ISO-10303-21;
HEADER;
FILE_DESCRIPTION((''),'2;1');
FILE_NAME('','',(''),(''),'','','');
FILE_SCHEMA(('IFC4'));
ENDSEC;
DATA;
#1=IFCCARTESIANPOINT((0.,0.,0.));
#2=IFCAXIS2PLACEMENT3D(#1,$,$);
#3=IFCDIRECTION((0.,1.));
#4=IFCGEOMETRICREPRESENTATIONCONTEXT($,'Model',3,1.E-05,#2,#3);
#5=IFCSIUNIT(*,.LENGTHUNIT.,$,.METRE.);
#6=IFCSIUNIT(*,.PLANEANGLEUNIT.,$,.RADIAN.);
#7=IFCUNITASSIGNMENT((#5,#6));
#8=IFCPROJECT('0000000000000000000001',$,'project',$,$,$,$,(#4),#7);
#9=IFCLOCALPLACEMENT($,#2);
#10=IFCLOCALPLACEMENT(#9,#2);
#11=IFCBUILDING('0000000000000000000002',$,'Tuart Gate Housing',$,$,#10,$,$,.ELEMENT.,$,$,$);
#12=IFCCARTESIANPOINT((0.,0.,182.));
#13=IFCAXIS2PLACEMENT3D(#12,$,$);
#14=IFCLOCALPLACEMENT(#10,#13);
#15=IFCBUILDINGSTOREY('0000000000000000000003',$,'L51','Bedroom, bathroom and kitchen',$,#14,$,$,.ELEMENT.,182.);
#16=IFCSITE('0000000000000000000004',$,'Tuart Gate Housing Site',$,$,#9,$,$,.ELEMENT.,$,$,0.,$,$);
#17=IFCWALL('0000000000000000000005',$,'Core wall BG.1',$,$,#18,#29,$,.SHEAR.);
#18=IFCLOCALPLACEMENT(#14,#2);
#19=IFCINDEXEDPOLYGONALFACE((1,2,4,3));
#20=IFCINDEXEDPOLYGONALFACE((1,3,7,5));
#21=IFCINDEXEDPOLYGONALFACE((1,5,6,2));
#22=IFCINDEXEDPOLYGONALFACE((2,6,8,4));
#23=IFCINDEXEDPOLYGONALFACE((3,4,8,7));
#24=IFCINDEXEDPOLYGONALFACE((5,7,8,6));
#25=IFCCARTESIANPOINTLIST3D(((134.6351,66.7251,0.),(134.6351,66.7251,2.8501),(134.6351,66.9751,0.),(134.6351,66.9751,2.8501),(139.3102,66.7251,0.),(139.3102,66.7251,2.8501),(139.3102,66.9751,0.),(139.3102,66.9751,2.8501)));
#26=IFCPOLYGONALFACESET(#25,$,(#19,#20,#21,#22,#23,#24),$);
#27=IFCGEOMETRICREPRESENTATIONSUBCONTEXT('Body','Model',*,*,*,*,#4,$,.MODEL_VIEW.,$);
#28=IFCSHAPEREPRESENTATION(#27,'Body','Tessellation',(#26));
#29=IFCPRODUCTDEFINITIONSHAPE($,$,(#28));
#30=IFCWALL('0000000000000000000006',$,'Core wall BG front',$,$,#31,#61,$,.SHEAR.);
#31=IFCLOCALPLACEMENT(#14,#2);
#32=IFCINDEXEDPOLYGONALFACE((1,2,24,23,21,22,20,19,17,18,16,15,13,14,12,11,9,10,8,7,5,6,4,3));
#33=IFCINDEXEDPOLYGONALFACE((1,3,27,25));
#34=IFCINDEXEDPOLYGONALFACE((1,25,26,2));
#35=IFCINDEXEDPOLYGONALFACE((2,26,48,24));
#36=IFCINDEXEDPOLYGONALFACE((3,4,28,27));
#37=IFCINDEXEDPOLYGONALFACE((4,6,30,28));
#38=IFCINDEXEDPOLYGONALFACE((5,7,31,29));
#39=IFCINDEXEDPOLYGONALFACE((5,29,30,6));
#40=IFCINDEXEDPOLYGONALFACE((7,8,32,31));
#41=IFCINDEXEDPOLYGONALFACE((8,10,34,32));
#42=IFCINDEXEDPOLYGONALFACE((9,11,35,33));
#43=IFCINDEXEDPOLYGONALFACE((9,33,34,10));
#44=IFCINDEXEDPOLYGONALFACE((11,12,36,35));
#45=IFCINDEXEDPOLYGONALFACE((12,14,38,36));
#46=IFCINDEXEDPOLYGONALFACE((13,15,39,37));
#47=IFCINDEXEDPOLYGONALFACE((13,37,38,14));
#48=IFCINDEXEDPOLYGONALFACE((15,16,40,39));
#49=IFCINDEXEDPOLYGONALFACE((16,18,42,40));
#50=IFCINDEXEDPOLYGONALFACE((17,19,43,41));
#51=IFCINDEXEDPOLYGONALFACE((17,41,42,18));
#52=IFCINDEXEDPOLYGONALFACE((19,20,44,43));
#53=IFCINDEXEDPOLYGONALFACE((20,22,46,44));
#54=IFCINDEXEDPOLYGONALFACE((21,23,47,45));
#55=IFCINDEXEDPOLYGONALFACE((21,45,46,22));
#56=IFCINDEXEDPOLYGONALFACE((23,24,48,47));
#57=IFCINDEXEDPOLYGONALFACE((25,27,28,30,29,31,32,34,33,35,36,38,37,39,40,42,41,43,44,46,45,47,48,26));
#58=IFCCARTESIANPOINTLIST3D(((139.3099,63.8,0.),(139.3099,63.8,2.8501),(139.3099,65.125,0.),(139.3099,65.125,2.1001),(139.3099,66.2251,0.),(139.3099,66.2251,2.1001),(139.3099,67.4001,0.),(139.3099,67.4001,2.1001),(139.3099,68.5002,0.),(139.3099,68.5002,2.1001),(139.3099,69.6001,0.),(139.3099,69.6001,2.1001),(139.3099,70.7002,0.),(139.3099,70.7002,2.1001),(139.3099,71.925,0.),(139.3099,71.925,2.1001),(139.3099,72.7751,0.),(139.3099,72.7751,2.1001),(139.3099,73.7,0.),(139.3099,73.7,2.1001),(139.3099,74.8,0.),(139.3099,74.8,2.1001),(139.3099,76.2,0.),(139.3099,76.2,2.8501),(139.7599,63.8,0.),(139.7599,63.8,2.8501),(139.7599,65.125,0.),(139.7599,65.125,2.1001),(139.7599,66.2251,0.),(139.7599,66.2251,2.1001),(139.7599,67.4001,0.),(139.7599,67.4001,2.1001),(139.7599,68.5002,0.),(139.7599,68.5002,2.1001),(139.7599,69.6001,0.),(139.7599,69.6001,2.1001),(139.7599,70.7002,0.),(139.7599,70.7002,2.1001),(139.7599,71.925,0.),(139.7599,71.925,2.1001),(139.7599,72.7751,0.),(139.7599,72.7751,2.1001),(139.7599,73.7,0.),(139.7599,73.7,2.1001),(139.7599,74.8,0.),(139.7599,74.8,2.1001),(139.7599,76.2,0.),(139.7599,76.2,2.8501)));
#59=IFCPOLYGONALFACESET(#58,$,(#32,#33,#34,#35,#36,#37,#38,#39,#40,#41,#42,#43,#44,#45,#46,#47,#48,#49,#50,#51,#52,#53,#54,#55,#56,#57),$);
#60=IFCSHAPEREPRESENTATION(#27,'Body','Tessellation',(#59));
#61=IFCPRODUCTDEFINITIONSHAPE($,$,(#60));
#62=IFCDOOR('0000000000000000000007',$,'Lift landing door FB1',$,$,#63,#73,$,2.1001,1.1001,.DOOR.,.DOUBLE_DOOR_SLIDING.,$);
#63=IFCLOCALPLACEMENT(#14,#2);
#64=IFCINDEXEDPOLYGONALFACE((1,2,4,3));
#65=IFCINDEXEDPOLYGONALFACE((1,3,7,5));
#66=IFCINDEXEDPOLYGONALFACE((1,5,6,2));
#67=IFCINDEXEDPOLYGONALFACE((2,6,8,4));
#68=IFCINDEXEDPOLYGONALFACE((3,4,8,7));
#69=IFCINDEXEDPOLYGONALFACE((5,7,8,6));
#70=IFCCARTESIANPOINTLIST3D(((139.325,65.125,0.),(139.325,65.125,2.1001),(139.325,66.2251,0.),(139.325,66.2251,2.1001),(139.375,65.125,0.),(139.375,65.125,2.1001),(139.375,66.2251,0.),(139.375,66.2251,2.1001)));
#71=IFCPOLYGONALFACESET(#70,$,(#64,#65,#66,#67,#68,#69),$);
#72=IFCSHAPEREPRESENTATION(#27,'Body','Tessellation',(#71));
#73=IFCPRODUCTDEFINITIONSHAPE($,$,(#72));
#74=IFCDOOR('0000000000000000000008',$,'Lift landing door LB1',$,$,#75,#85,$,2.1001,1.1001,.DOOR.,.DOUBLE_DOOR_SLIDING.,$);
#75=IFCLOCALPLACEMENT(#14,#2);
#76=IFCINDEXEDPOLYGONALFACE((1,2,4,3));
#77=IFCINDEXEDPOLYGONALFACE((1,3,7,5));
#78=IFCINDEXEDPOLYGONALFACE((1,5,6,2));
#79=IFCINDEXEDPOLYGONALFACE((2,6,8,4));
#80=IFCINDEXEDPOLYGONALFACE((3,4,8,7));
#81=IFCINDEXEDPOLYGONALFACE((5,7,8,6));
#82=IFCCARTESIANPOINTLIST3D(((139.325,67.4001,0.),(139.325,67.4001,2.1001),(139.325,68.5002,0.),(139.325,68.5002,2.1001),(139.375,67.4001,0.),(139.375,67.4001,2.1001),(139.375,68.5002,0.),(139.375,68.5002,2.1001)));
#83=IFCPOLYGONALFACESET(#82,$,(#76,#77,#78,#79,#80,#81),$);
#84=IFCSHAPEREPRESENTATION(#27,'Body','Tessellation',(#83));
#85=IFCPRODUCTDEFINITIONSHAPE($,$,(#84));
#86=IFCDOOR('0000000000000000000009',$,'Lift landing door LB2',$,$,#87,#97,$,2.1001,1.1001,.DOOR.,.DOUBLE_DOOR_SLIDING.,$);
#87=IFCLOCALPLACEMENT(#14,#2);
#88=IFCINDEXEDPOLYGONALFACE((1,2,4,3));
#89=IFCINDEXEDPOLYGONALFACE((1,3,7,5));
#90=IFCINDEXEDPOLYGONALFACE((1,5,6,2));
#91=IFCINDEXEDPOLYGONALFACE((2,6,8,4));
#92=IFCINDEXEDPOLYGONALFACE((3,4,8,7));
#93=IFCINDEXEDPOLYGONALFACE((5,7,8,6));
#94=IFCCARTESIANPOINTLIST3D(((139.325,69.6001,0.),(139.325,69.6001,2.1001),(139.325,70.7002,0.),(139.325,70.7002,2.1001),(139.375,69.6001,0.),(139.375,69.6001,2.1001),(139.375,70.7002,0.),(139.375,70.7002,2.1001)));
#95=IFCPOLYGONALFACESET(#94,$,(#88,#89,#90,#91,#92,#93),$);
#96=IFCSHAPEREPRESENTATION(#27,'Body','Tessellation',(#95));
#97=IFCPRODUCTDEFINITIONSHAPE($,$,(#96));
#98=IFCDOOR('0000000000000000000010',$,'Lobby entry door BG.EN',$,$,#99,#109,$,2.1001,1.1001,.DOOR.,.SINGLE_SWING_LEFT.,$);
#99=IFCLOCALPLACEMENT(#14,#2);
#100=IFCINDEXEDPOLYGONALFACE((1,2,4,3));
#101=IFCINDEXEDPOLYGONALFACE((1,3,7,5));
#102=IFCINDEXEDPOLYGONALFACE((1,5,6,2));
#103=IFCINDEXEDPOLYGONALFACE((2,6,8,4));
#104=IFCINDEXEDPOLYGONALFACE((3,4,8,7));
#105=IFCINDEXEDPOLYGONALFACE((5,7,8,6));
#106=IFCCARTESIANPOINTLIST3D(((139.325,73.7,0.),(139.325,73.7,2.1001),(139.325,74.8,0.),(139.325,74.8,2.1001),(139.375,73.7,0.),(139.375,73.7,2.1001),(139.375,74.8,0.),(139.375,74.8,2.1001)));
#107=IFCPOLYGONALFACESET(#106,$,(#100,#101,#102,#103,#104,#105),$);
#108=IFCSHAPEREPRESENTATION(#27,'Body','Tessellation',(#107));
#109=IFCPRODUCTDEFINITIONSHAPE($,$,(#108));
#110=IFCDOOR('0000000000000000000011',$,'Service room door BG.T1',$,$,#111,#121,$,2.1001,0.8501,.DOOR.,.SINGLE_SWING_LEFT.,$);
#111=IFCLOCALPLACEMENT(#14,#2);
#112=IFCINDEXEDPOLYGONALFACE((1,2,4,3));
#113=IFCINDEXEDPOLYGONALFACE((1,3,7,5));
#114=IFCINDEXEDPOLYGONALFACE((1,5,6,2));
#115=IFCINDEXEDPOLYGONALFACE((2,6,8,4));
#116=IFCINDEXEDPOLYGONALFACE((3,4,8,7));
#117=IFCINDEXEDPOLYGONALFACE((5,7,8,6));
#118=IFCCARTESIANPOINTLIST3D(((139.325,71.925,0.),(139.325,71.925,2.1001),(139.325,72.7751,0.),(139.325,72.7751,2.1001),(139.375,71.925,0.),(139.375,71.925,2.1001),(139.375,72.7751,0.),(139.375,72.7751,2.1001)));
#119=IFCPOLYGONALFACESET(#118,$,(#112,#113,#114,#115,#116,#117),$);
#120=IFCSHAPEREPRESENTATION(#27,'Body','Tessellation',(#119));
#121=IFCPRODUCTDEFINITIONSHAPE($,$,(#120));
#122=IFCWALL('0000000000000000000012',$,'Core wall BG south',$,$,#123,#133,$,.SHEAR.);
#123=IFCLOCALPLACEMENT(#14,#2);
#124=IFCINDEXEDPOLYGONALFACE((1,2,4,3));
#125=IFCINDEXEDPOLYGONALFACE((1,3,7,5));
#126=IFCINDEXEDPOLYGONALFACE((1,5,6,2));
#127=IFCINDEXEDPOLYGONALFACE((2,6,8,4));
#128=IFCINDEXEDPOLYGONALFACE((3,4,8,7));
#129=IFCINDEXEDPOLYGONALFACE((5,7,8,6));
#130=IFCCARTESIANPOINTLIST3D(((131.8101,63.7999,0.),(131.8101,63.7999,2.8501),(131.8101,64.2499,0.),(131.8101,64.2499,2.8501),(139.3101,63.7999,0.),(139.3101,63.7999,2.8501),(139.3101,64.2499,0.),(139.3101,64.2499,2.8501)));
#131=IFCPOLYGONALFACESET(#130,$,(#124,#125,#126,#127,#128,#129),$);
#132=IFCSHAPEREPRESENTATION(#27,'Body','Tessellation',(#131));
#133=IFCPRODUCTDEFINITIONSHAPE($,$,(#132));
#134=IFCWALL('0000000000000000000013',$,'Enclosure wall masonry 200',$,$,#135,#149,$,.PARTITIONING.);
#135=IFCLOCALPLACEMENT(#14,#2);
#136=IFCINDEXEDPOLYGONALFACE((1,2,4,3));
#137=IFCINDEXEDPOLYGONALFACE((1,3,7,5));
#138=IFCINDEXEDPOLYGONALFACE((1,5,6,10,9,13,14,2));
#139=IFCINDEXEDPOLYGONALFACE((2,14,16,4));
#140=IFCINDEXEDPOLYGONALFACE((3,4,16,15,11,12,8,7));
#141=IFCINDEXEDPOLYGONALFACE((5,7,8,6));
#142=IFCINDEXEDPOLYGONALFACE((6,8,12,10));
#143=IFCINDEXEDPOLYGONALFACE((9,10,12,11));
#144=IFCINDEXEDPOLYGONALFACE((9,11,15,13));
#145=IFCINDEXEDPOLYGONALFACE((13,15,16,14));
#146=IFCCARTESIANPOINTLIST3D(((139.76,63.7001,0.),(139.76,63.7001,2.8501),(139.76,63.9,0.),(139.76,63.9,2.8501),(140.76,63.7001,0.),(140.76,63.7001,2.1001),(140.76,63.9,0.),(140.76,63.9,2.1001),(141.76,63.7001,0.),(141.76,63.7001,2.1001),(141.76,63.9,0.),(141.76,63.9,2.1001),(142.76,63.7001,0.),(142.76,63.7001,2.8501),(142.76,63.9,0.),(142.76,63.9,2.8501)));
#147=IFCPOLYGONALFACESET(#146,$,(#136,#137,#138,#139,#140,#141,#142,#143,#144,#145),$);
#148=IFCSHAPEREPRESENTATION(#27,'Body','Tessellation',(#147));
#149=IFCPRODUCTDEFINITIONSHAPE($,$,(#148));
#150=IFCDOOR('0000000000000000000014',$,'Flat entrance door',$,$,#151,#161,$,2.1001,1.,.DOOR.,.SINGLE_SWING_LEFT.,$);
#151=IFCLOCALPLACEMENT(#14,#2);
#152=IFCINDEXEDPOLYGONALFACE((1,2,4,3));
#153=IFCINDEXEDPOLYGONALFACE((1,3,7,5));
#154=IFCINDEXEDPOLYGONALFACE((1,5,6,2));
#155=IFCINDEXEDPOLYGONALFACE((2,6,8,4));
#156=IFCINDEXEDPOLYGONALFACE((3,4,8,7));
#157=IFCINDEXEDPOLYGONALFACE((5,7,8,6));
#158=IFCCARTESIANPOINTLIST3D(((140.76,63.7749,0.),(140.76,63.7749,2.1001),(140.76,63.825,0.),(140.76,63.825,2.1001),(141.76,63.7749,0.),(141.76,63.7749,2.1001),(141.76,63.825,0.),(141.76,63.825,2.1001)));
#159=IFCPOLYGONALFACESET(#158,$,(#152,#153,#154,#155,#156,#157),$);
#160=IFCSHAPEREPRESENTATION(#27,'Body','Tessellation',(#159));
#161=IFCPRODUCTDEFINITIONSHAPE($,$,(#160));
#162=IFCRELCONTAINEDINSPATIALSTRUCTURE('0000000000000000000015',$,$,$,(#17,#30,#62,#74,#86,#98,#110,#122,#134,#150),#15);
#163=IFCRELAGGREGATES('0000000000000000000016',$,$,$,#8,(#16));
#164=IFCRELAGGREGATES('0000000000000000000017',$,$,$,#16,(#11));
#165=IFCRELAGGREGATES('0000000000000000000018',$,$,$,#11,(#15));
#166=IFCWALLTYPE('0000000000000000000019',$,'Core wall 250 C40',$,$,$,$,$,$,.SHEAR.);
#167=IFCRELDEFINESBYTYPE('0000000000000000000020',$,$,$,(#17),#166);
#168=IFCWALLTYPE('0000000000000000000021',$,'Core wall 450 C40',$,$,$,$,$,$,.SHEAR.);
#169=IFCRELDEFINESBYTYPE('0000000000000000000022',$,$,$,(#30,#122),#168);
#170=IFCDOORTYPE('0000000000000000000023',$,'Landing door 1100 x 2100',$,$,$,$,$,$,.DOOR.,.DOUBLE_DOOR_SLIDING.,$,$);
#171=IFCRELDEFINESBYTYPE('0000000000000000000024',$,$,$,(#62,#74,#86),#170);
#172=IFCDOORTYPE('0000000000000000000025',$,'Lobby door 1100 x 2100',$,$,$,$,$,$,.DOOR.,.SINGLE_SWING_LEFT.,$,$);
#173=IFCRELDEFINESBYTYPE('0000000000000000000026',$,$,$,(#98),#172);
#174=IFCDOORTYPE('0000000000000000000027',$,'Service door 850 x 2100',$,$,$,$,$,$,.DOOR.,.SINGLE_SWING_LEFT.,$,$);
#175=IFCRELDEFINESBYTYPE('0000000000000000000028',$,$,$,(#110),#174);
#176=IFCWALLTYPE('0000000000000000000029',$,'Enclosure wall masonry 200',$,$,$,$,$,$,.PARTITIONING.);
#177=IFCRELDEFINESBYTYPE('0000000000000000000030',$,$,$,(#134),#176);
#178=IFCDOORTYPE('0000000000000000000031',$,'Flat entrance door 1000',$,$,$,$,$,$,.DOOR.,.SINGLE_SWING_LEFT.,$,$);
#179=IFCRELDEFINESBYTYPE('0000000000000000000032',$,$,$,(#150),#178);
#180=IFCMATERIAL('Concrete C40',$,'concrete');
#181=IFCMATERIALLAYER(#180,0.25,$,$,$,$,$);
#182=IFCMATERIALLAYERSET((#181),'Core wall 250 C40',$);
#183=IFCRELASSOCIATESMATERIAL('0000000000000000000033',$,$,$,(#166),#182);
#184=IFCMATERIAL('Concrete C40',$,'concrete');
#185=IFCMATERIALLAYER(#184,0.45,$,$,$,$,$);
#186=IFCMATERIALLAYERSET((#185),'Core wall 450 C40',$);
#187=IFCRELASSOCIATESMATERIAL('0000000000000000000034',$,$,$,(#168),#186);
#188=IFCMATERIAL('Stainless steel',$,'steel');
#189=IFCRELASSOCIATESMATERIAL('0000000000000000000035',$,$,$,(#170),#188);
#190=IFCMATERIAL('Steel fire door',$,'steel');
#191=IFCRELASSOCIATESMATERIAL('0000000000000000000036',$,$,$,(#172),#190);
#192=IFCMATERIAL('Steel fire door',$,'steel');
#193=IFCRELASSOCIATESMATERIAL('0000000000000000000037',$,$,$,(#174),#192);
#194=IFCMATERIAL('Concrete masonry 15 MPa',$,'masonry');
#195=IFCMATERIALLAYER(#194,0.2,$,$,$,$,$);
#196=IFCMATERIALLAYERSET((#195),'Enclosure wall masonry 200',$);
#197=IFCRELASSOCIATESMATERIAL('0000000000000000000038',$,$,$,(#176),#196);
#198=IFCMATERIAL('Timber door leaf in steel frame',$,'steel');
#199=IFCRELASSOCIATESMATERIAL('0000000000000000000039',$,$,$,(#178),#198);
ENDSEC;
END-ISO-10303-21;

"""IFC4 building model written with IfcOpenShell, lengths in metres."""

from ifc_helpers import new_model, si_unit, direction, frame, frame_2d, origin, place, context, subcontext, project, spatial, rectangle, extrude, material, layer, layer_set, type_object, element, fill, save


model = new_model("IFC4")

# Units and contexts
model_context = context("Model", 3, precision=1e-05, world=origin(), true_north=direction((0.0, 1.0)))
body_context = subcontext(model_context, "Body", "Model", "MODEL_VIEW")
ifc_project = project(units=[si_unit("LENGTHUNIT", "METRE"), si_unit("PLANEANGLEUNIT", "RADIAN")], contexts=[model_context])

# Site, building, storey
site_placement = place(None, origin())
site = spatial("IfcSite", under=ifc_project, at=site_placement, Name="Tuart Gate Housing Site", CompositionType="ELEMENT", RefElevation=0.0)
building_placement = place(site_placement, origin())
building = spatial("IfcBuilding", under=site, at=building_placement, Name="Tuart Gate Housing", CompositionType="ELEMENT")
storey_placement = place(building_placement, frame((0.0, 0.0, 182.0)))
storey = spatial("IfcBuildingStorey", under=building, at=storey_placement, Name="L51", Description="Bedroom, bathroom and kitchen", CompositionType="ELEMENT", Elevation=182.0)

# Wall
ifc_material_1 = material(Name="Concrete C40", Category="concrete")
ifc_layer_1 = layer(ifc_material_1, 0.25)
ifc_layer_set_1 = layer_set([ifc_layer_1], Name="Core wall 250 C40")
wall_type_1 = type_object("IfcWallType", Name="Core wall 250 C40", PredefinedType="SHEAR", material=ifc_layer_set_1)
wall_1_placement = place(storey_placement, frame((139.3101, 66.8501, 0.0), z_axis=(0.0, 0.0, 1.0), x_axis=(-1.0, 0.0, 0.0)))
element("IfcWall", 1, at=wall_1_placement, inside=storey, type_object=wall_type_1, Name="Core wall BG.1", PredefinedType="SHEAR", context=body_context, shape_type="SweptSolid", body=[
    extrude(rectangle(XDim=4.675, YDim=0.25, at=frame_2d((2.3374, 0.0))), origin(), (0.0, 0.0, 1.0), 2.8501),
])

# Wall, openings, doors
ifc_material_2 = material(Name="Concrete C40", Category="concrete")
ifc_layer_2 = layer(ifc_material_2, 0.45)
ifc_layer_set_2 = layer_set([ifc_layer_2], Name="Core wall 450 C40")
wall_type_2 = type_object("IfcWallType", Name="Core wall 450 C40", PredefinedType="SHEAR", material=ifc_layer_set_2)
wall_2_placement = place(storey_placement, frame((139.5349, 63.8, 0.0), z_axis=(0.0, 0.0, 1.0), x_axis=(0.0, 1.0, 0.0)))
wall_2 = element("IfcWall", 2, at=wall_2_placement, inside=storey, type_object=wall_type_2, Name="Core wall BG front", PredefinedType="SHEAR", context=body_context, shape_type="SweptSolid", body=[
    extrude(rectangle(XDim=12.3999, YDim=0.45, at=frame_2d((6.2, 0.0))), origin(), (0.0, 0.0, 1.0), 2.8501),
])
opening_1_placement = place(wall_2_placement, frame((1.325, 0.0, 0.0)))
opening_1 = element("IfcOpeningElement", 3, at=opening_1_placement, cuts=wall_2, PredefinedType="OPENING", context=body_context, shape_type="SweptSolid", body=[
    extrude(rectangle(XDim=1.1001, YDim=2.1001, at=frame_2d((0.55, 1.05))), frame((0.0, 0.2349, 0.0), z_axis=(0.0, -1.0, 0.0), x_axis=(1.0, 0.0, 0.0)), (0.0, 0.0, 1.0), 0.47),
])
opening_2_placement = place(wall_2_placement, frame((3.6001, 0.0, 0.0)))
opening_2 = element("IfcOpeningElement", 4, at=opening_2_placement, cuts=wall_2, PredefinedType="OPENING", context=body_context, shape_type="SweptSolid", body=[
    extrude(rectangle(XDim=1.1001, YDim=2.1001, at=frame_2d((0.55, 1.05))), frame((0.0, 0.2349, 0.0), z_axis=(0.0, -1.0, 0.0), x_axis=(1.0, 0.0, 0.0)), (0.0, 0.0, 1.0), 0.47),
])
opening_3_placement = place(wall_2_placement, frame((5.8, 0.0, 0.0)))
opening_3 = element("IfcOpeningElement", 5, at=opening_3_placement, cuts=wall_2, PredefinedType="OPENING", context=body_context, shape_type="SweptSolid", body=[
    extrude(rectangle(XDim=1.1001, YDim=2.1001, at=frame_2d((0.55, 1.05))), frame((0.0, 0.2349, 0.0), z_axis=(0.0, -1.0, 0.0), x_axis=(1.0, 0.0, 0.0)), (0.0, 0.0, 1.0), 0.47),
])
opening_4_placement = place(wall_2_placement, frame((9.8999, 0.0, 0.0)))
opening_4 = element("IfcOpeningElement", 6, at=opening_4_placement, cuts=wall_2, PredefinedType="OPENING", context=body_context, shape_type="SweptSolid", body=[
    extrude(rectangle(XDim=1.1001, YDim=2.1001, at=frame_2d((0.55, 1.05))), frame((0.0, 0.2349, 0.0), z_axis=(0.0, -1.0, 0.0), x_axis=(1.0, 0.0, 0.0)), (0.0, 0.0, 1.0), 0.47),
])
opening_5_placement = place(wall_2_placement, frame((8.125, 0.0, 0.0)))
opening_5 = element("IfcOpeningElement", 7, at=opening_5_placement, cuts=wall_2, PredefinedType="OPENING", context=body_context, shape_type="SweptSolid", body=[
    extrude(rectangle(XDim=0.8501, YDim=2.1001, at=frame_2d((0.425, 1.05))), frame((0.0, 0.2349, 0.0), z_axis=(0.0, -1.0, 0.0), x_axis=(1.0, 0.0, 0.0)), (0.0, 0.0, 1.0), 0.47),
])
ifc_material_3 = material(Name="Stainless steel", Category="steel")
door_type_1 = type_object("IfcDoorType", Name="Landing door 1100 x 2100", OperationType="DOUBLE_DOOR_SLIDING", PredefinedType="DOOR", material=ifc_material_3)
door_1_placement = place(opening_1_placement, origin())
door_1 = element("IfcDoor", 8, at=door_1_placement, inside=storey, type_object=door_type_1, Name="Lift landing door FB1", OperationType="DOUBLE_DOOR_SLIDING", OverallHeight=2.1001, OverallWidth=1.1001, PredefinedType="DOOR", context=body_context, shape_type="SweptSolid", body=[
    extrude(rectangle(XDim=1.1001, YDim=2.1001, at=frame_2d((0.55, 1.05))), frame((0.0, 0.21, 0.0), z_axis=(0.0, -1.0, 0.0), x_axis=(1.0, 0.0, 0.0)), (0.0, 0.0, 1.0), 0.05),
])
fill(opening_1, door_1)
door_2_placement = place(opening_2_placement, origin())
door_2 = element("IfcDoor", 9, at=door_2_placement, inside=storey, type_object=door_type_1, Name="Lift landing door LB1", OperationType="DOUBLE_DOOR_SLIDING", OverallHeight=2.1001, OverallWidth=1.1001, PredefinedType="DOOR", context=body_context, shape_type="SweptSolid", body=[
    extrude(rectangle(XDim=1.1001, YDim=2.1001, at=frame_2d((0.55, 1.05))), frame((0.0, 0.21, 0.0), z_axis=(0.0, -1.0, 0.0), x_axis=(1.0, 0.0, 0.0)), (0.0, 0.0, 1.0), 0.05),
])
fill(opening_2, door_2)
door_3_placement = place(opening_3_placement, origin())
door_3 = element("IfcDoor", 10, at=door_3_placement, inside=storey, type_object=door_type_1, Name="Lift landing door LB2", OperationType="DOUBLE_DOOR_SLIDING", OverallHeight=2.1001, OverallWidth=1.1001, PredefinedType="DOOR", context=body_context, shape_type="SweptSolid", body=[
    extrude(rectangle(XDim=1.1001, YDim=2.1001, at=frame_2d((0.55, 1.05))), frame((0.0, 0.21, 0.0), z_axis=(0.0, -1.0, 0.0), x_axis=(1.0, 0.0, 0.0)), (0.0, 0.0, 1.0), 0.05),
])
fill(opening_3, door_3)
ifc_material_4 = material(Name="Steel fire door", Category="steel")
door_type_2 = type_object("IfcDoorType", Name="Lobby door 1100 x 2100", OperationType="SINGLE_SWING_LEFT", PredefinedType="DOOR", material=ifc_material_4)
door_4_placement = place(opening_4_placement, origin())
door_4 = element("IfcDoor", 11, at=door_4_placement, inside=storey, type_object=door_type_2, Name="Lobby entry door BG.EN", OperationType="SINGLE_SWING_LEFT", OverallHeight=2.1001, OverallWidth=1.1001, PredefinedType="DOOR", context=body_context, shape_type="SweptSolid", body=[
    extrude(rectangle(XDim=1.1001, YDim=2.1001, at=frame_2d((0.55, 1.05))), frame((0.0, 0.21, 0.0), z_axis=(0.0, -1.0, 0.0), x_axis=(1.0, 0.0, 0.0)), (0.0, 0.0, 1.0), 0.05),
])
fill(opening_4, door_4)
ifc_material_5 = material(Name="Steel fire door", Category="steel")
door_type_3 = type_object("IfcDoorType", Name="Service door 850 x 2100", OperationType="SINGLE_SWING_LEFT", PredefinedType="DOOR", material=ifc_material_5)
door_5_placement = place(opening_5_placement, origin())
door_5 = element("IfcDoor", 12, at=door_5_placement, inside=storey, type_object=door_type_3, Name="Service room door BG.T1", OperationType="SINGLE_SWING_LEFT", OverallHeight=2.1001, OverallWidth=0.8501, PredefinedType="DOOR", context=body_context, shape_type="SweptSolid", body=[
    extrude(rectangle(XDim=0.8501, YDim=2.1001, at=frame_2d((0.425, 1.05))), frame((0.0, 0.21, 0.0), z_axis=(0.0, -1.0, 0.0), x_axis=(1.0, 0.0, 0.0)), (0.0, 0.0, 1.0), 0.05),
])
fill(opening_5, door_5)

# Wall
wall_3_placement = place(storey_placement, frame((139.3101, 64.0249, 0.0), z_axis=(0.0, 0.0, 1.0), x_axis=(-1.0, 0.0, 0.0)))
element("IfcWall", 13, at=wall_3_placement, inside=storey, type_object=wall_type_2, Name="Core wall BG south", PredefinedType="SHEAR", context=body_context, shape_type="SweptSolid", body=[
    extrude(rectangle(XDim=7.5, YDim=0.45, at=frame_2d((3.75, 0.0))), origin(), (0.0, 0.0, 1.0), 2.8501),
])

# Wall, opening, door
ifc_material_6 = material(Name="Concrete masonry 15 MPa", Category="masonry")
ifc_layer_3 = layer(ifc_material_6, 0.2)
ifc_layer_set_3 = layer_set([ifc_layer_3], Name="Enclosure wall masonry 200")
wall_type_3 = type_object("IfcWallType", Name="Enclosure wall masonry 200", PredefinedType="PARTITIONING", material=ifc_layer_set_3)
wall_4_placement = place(storey_placement, frame((139.76, 63.8, 0.0), z_axis=(0.0, 0.0, 1.0), x_axis=(1.0, 0.0, 0.0)))
wall_4 = element("IfcWall", 14, at=wall_4_placement, inside=storey, type_object=wall_type_3, Name="Enclosure wall masonry 200", PredefinedType="PARTITIONING", context=body_context, shape_type="SweptSolid", body=[
    extrude(rectangle(XDim=3.0, YDim=0.2, at=frame_2d((1.5, 0.0))), origin(), (0.0, 0.0, 1.0), 2.8501),
])
opening_6_placement = place(wall_4_placement, frame((1.0, 0.0, 0.0)))
opening_6 = element("IfcOpeningElement", 15, at=opening_6_placement, cuts=wall_4, PredefinedType="OPENING", context=body_context, shape_type="SweptSolid", body=[
    extrude(rectangle(XDim=1.0, YDim=2.1001, at=frame_2d((0.5, 1.05))), frame((0.0, 0.1099, 0.0), z_axis=(0.0, -1.0, 0.0), x_axis=(1.0, 0.0, 0.0)), (0.0, 0.0, 1.0), 0.22),
])
ifc_material_7 = material(Name="Timber door leaf in steel frame", Category="steel")
door_type_4 = type_object("IfcDoorType", Name="Flat entrance door 1000", OperationType="SINGLE_SWING_LEFT", PredefinedType="DOOR", material=ifc_material_7)
door_6_placement = place(opening_6_placement, frame((1.0, 0.0, 0.0), z_axis=(0.0, 0.0, 1.0), x_axis=(-1.0, 0.0, 0.0)))
door_6 = element("IfcDoor", 16, at=door_6_placement, inside=storey, type_object=door_type_4, Name="Flat entrance door", OperationType="SINGLE_SWING_LEFT", OverallHeight=2.1001, OverallWidth=1.0, PredefinedType="DOOR", context=body_context, shape_type="SweptSolid", body=[
    extrude(rectangle(XDim=1.0, YDim=2.1001, at=frame_2d((0.5, 1.05))), frame((0.0, 0.0251, 0.0), z_axis=(0.0, -1.0, 0.0), x_axis=(1.0, 0.0, 0.0)), (0.0, 0.0, 1.0), 0.05),
])
fill(opening_6, door_6)

save(model, "model.ifc")
